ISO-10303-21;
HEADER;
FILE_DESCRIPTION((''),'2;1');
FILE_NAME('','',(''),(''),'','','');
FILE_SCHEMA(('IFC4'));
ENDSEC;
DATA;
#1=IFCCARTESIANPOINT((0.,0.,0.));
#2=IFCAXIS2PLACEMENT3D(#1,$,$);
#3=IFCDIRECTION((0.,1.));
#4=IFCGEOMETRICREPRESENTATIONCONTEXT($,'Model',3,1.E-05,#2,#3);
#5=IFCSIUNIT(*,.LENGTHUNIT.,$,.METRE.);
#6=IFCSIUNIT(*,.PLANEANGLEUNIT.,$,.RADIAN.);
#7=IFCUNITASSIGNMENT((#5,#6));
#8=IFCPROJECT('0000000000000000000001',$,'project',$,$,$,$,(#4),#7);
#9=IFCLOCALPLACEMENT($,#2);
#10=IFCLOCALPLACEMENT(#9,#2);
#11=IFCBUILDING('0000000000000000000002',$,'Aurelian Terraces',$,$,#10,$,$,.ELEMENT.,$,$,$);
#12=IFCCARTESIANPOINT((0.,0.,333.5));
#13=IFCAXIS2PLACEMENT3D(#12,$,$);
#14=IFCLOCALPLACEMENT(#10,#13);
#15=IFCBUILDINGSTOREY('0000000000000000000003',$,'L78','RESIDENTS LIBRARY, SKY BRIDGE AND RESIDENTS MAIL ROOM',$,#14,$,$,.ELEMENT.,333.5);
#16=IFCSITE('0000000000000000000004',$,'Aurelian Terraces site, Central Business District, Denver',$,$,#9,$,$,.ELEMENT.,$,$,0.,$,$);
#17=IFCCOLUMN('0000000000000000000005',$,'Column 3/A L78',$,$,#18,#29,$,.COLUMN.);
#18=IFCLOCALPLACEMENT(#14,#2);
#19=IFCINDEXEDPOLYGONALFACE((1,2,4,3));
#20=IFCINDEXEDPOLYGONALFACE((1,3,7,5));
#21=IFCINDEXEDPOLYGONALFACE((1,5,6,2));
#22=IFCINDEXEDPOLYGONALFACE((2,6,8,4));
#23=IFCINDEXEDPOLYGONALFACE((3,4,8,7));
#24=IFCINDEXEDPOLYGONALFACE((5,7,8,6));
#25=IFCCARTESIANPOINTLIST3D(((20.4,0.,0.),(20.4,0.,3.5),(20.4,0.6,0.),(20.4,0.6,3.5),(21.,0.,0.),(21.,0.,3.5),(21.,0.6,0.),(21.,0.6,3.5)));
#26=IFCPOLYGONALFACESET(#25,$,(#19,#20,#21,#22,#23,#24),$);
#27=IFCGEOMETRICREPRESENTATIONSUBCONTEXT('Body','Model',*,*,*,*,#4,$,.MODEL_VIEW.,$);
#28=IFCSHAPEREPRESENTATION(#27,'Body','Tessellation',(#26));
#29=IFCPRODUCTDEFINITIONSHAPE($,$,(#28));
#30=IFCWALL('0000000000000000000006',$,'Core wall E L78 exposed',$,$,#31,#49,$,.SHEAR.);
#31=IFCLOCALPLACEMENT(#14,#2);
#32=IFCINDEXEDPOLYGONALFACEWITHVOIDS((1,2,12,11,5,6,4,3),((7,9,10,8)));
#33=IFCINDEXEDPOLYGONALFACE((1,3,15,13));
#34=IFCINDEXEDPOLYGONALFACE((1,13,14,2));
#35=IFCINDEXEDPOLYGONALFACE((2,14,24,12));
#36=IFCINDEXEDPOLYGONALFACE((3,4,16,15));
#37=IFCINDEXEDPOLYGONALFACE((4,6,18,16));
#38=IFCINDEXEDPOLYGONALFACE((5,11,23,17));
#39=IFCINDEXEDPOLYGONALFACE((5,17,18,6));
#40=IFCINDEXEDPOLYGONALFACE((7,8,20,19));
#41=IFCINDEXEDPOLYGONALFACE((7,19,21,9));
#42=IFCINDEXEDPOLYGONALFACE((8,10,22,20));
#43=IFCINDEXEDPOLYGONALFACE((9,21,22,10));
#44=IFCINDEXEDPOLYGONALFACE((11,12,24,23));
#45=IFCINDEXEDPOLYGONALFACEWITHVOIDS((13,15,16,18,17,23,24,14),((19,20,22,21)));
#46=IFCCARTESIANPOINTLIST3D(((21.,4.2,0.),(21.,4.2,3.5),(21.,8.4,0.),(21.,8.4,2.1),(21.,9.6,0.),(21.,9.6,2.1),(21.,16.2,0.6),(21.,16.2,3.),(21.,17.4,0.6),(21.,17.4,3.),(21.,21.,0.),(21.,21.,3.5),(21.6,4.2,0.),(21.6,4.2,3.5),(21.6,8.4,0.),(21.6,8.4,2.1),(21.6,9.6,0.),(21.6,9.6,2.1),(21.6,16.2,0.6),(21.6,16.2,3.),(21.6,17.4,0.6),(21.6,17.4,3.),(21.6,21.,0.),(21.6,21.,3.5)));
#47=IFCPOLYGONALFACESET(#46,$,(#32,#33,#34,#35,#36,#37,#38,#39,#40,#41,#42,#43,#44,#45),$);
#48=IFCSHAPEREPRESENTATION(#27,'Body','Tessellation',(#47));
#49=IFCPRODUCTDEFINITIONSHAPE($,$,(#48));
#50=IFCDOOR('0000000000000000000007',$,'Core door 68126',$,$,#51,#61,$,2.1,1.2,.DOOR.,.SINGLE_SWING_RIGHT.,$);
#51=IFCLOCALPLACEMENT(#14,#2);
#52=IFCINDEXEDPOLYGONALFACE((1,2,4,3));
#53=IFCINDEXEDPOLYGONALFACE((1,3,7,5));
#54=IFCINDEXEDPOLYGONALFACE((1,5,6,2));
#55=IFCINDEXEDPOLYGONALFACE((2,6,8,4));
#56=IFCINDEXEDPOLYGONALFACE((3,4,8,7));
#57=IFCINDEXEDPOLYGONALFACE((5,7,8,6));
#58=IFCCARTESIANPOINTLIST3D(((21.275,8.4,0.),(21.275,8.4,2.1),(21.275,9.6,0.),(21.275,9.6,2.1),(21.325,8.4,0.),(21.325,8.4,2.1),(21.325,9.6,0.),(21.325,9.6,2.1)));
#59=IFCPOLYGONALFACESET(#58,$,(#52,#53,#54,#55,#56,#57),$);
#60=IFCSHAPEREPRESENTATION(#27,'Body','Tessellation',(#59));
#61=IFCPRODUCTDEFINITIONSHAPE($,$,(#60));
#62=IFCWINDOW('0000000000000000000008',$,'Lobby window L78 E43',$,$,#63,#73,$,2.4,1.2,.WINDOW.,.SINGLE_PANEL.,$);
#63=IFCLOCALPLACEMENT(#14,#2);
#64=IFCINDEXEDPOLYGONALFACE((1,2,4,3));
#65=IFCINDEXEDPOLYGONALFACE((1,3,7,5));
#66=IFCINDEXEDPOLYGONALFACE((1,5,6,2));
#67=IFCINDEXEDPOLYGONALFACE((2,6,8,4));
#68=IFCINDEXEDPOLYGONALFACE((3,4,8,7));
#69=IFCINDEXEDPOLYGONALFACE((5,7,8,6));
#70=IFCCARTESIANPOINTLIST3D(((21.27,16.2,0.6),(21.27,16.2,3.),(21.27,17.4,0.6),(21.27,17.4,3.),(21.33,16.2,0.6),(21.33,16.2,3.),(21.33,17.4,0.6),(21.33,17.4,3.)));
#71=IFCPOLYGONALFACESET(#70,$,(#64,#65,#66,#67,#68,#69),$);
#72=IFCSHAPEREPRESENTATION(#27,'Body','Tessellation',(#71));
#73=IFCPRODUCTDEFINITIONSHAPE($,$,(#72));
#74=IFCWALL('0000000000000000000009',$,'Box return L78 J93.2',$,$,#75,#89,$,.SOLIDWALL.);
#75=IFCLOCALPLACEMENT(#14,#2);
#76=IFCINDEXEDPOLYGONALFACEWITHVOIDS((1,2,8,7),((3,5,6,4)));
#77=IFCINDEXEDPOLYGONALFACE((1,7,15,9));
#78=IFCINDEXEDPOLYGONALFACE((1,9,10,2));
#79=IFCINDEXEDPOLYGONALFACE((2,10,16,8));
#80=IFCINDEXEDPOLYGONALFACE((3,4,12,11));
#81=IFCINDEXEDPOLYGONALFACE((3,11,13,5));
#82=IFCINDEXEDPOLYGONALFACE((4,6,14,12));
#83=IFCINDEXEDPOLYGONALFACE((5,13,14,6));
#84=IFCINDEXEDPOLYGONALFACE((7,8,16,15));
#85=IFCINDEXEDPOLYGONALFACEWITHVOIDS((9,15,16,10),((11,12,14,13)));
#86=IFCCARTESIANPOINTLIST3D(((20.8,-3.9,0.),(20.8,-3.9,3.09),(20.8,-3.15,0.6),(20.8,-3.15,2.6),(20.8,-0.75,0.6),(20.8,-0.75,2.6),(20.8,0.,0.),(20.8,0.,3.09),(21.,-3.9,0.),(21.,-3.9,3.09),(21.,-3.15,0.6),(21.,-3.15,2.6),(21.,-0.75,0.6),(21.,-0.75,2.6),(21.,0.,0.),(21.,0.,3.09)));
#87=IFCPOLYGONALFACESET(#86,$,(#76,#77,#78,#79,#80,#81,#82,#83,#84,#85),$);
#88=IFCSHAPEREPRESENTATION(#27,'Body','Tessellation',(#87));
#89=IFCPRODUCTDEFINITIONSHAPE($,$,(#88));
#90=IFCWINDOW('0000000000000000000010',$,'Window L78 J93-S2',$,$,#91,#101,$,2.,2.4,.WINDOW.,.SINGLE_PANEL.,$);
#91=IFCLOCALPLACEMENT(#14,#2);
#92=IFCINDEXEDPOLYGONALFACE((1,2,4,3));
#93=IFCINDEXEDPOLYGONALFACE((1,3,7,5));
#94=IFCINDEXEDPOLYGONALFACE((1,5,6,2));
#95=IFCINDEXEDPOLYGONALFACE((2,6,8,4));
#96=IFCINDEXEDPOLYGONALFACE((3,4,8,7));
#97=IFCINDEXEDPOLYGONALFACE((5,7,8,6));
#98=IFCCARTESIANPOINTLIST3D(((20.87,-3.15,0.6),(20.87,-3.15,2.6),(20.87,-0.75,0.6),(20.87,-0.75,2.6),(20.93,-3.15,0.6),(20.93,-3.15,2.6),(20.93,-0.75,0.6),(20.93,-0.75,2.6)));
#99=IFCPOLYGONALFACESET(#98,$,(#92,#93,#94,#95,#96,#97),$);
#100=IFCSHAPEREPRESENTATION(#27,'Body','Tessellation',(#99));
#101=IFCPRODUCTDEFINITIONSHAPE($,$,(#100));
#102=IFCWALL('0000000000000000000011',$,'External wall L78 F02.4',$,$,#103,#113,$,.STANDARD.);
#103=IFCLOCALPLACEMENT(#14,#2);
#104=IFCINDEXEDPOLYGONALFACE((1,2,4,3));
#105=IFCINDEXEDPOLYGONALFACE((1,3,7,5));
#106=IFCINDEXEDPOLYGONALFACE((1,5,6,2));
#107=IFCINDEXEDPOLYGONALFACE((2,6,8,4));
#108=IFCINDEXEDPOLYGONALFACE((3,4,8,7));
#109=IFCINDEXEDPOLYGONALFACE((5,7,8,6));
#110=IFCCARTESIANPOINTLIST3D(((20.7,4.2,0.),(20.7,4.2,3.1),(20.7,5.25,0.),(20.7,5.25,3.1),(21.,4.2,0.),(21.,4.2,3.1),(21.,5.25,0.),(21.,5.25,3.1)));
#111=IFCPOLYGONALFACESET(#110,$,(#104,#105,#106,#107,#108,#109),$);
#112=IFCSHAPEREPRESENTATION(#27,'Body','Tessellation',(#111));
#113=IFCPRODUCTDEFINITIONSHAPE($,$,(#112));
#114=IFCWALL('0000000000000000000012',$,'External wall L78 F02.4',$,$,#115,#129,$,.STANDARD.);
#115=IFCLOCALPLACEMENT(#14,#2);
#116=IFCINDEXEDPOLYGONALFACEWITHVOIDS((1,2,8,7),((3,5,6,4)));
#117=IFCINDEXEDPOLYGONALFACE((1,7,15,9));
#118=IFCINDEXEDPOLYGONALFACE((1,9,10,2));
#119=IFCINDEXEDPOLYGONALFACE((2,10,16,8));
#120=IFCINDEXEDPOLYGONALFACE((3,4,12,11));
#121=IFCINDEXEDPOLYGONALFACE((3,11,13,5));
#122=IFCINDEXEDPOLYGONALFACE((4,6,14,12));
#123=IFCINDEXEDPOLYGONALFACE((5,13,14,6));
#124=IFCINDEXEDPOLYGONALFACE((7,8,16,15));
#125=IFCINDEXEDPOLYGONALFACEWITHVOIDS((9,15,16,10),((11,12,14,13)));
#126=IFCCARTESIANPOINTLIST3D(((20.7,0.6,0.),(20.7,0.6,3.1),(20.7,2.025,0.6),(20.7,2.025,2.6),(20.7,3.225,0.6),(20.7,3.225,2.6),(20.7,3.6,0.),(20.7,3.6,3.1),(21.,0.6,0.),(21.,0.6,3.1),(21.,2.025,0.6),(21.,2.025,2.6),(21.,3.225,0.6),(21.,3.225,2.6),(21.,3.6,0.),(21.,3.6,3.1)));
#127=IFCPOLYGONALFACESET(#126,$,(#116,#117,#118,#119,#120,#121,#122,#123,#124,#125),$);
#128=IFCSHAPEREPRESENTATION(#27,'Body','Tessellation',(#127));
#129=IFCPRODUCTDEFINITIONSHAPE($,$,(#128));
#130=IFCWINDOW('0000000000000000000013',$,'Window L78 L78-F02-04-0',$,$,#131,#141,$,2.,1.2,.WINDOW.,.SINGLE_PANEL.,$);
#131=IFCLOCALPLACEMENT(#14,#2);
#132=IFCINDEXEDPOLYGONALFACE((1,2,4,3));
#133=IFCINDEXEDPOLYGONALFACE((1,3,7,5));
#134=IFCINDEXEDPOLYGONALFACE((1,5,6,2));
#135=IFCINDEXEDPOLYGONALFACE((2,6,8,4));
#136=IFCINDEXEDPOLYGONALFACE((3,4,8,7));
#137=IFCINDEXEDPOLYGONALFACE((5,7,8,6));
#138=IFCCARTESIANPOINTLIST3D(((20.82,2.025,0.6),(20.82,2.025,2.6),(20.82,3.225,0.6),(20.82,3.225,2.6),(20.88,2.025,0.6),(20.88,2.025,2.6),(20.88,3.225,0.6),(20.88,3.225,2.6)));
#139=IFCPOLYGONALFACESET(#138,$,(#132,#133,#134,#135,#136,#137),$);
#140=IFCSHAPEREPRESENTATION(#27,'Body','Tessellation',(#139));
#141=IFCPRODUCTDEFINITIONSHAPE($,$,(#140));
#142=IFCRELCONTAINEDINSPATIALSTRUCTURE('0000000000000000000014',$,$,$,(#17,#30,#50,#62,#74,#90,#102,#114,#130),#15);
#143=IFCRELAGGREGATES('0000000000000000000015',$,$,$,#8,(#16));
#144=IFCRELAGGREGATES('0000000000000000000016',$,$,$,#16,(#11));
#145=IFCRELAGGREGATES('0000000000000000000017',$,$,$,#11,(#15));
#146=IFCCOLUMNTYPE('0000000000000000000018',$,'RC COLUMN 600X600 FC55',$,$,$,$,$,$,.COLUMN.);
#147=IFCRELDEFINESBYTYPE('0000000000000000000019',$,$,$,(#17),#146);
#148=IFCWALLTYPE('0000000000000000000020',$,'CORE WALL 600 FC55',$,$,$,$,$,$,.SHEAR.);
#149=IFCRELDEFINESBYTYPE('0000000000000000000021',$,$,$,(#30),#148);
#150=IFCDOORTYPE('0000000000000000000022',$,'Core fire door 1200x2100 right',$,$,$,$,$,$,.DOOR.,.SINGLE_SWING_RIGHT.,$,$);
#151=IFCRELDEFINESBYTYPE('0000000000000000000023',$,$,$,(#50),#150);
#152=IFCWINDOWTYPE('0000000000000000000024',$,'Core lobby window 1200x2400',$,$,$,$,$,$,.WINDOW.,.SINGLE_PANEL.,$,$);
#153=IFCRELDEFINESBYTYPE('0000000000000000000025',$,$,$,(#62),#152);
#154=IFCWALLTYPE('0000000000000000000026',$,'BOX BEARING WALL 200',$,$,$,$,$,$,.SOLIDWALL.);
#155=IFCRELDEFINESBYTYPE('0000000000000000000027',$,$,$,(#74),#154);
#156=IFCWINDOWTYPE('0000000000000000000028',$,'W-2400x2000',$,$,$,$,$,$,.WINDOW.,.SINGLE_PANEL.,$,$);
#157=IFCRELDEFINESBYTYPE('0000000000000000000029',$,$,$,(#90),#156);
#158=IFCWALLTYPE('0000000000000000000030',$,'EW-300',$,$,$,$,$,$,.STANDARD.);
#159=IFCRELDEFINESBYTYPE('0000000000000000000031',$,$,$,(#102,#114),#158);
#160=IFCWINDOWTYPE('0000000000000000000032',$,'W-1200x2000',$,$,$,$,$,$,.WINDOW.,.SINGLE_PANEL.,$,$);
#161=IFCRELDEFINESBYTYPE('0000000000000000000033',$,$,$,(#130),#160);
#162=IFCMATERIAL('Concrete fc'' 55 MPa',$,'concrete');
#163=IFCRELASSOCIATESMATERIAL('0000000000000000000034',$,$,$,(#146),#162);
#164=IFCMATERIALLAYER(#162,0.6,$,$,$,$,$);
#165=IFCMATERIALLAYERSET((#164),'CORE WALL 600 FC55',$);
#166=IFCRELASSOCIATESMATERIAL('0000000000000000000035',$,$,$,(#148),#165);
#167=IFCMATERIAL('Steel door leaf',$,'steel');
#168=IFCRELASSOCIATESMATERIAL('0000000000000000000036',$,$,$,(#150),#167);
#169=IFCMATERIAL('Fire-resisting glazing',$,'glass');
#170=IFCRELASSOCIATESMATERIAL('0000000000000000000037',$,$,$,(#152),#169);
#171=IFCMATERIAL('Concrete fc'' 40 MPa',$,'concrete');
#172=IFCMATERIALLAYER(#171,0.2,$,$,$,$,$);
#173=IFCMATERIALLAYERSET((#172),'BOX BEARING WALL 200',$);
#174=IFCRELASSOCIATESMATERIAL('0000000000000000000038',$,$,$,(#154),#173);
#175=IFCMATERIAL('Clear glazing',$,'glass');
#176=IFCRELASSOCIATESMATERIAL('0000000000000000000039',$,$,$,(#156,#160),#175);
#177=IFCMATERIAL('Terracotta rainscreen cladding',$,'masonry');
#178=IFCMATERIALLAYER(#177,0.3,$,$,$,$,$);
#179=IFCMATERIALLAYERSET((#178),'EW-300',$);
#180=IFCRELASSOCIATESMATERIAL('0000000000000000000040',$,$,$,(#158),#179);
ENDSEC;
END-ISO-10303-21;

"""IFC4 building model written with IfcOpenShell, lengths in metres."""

from ifc_helpers import new_model, si_unit, direction, frame, frame_2d, origin, origin_2d, place, context, subcontext, project, spatial, rectangle, extrude, source, transform, mapped, material, layer, layer_set, material_profile, profile_set, type_object, element, fill, save


model = new_model("IFC4")

# Units and contexts
model_context = context("Model", 3, precision=1e-05, world=origin(), true_north=direction((0.0, 1.0)))
body_context = subcontext(model_context, "Body", "Model", "MODEL_VIEW")
ifc_project = project(units=[si_unit("LENGTHUNIT", "METRE"), si_unit("PLANEANGLEUNIT", "RADIAN")], contexts=[model_context])

# Site, building, storey
site_placement = place(None, origin())
site = spatial("IfcSite", under=ifc_project, at=site_placement, Name="Aurelian Terraces site, Central Business District, Denver", CompositionType="ELEMENT", RefElevation=0.0)
building_placement = place(site_placement, origin())
building = spatial("IfcBuilding", under=site, at=building_placement, Name="Aurelian Terraces", CompositionType="ELEMENT")
storey_placement = place(building_placement, frame((0.0, 0.0, 333.5)))
storey = spatial("IfcBuildingStorey", under=building, at=storey_placement, Name="L78", Description="RESIDENTS LIBRARY, SKY BRIDGE AND RESIDENTS MAIL ROOM", CompositionType="ELEMENT", Elevation=333.5)

# Column
ifc_material_1 = material(Name="Concrete fc' 55 MPa", Category="concrete")
ifc_material_profile = material_profile(ifc_material_1, rectangle(XDim=0.6, YDim=0.6, at=origin_2d()))
ifc_profile_set = profile_set([ifc_material_profile], Name="Concrete fc' 55 MPa")
column_type = type_object("IfcColumnType", Name="RC COLUMN 600X600 FC55", PredefinedType="COLUMN", material=ifc_profile_set)
shared_shape_1 = source(origin(), body_context, "Body", "SweptSolid", [
    extrude(rectangle(XDim=0.6, YDim=0.6, at=origin_2d()), origin(), (0.0, 0.0, 1.0), 3.5),
])
column_placement = place(storey_placement, frame((20.7, 0.3, 0.0), z_axis=(0.0, 0.0, 1.0), x_axis=(1.0, 0.0, 0.0)))
element("IfcColumn", 1, at=column_placement, inside=storey, type_object=column_type, Name="Column 3/A L78", PredefinedType="COLUMN", context=body_context, shape_type="MappedRepresentation", body=[
    mapped(shared_shape_1, transform((0.0, 0.0, 0.0), scale=1.0)),
])

# Wall, openings, door, window
ifc_layer_1 = layer(ifc_material_1, 0.6)
ifc_layer_set_1 = layer_set([ifc_layer_1], Name="CORE WALL 600 FC55")
wall_type_1 = type_object("IfcWallType", Name="CORE WALL 600 FC55", PredefinedType="SHEAR", material=ifc_layer_set_1)
wall_1_placement = place(storey_placement, frame((21.3, 4.2, 0.0), z_axis=(0.0, 0.0, 1.0), x_axis=(0.0, 1.0, 0.0)))
wall_1 = element("IfcWall", 2, at=wall_1_placement, inside=storey, type_object=wall_type_1, Name="Core wall E L78 exposed", PredefinedType="SHEAR", context=body_context, shape_type="SweptSolid", body=[
    extrude(rectangle(XDim=16.8, YDim=0.6, at=frame_2d((8.4, 0.0))), origin(), (0.0, 0.0, 1.0), 3.5),
])
shared_shape_2 = source(origin(), body_context, "Body", "SweptSolid", [
    extrude(rectangle(XDim=1.2, YDim=2.1, at=frame_2d((0.6, 1.05))), frame((0.0, 0.31, 0.0), z_axis=(0.0, -1.0, 0.0), x_axis=(1.0, 0.0, 0.0)), (0.0, 0.0, 1.0), 0.62),
])
opening_1_placement = place(wall_1_placement, frame((4.2, 0.0, 0.0)))
opening_1 = element("IfcOpeningElement", 3, at=opening_1_placement, cuts=wall_1, PredefinedType="OPENING", context=body_context, shape_type="MappedRepresentation", body=[
    mapped(shared_shape_2, transform((0.0, 0.0, 0.0), scale=1.0)),
])
shared_shape_3 = source(origin(), body_context, "Body", "SweptSolid", [
    extrude(rectangle(XDim=1.2, YDim=2.4, at=frame_2d((0.6, 1.2))), frame((0.0, 0.31, 0.0), z_axis=(0.0, -1.0, 0.0), x_axis=(1.0, 0.0, 0.0)), (0.0, 0.0, 1.0), 0.62),
])
opening_2_placement = place(wall_1_placement, frame((12.0, 0.0, 0.6)))
opening_2 = element("IfcOpeningElement", 4, at=opening_2_placement, cuts=wall_1, PredefinedType="OPENING", context=body_context, shape_type="MappedRepresentation", body=[
    mapped(shared_shape_3, transform((0.0, 0.0, 0.0), scale=1.0)),
])
ifc_material_2 = material(Name="Steel door leaf", Category="steel")
door_type_1 = type_object("IfcDoorType", Name="Core fire door 1200x2100 right", OperationType="SINGLE_SWING_RIGHT", PredefinedType="DOOR", material=ifc_material_2)
shared_shape_4 = source(origin(), body_context, "Body", "SweptSolid", [
    extrude(rectangle(XDim=1.2, YDim=2.1, at=frame_2d((0.6, 1.05))), frame((0.0, 0.025, 0.0), z_axis=(0.0, -1.0, 0.0), x_axis=(1.0, 0.0, 0.0)), (0.0, 0.0, 1.0), 0.05),
])
door_1_placement = place(opening_1_placement, origin())
door_1 = element("IfcDoor", 5, at=door_1_placement, inside=storey, type_object=door_type_1, Name="Core door 68126", OperationType="SINGLE_SWING_RIGHT", OverallHeight=2.1, OverallWidth=1.2, PredefinedType="DOOR", context=body_context, shape_type="MappedRepresentation", body=[
    mapped(shared_shape_4, transform((0.0, 0.0, 0.0), scale=1.0)),
])
fill(opening_1, door_1)
ifc_material_3 = material(Name="Fire-resisting glazing", Category="glass")
window_type_1 = type_object("IfcWindowType", Name="Core lobby window 1200x2400", PartitioningType="SINGLE_PANEL", PredefinedType="WINDOW", material=ifc_material_3)
shared_shape_5 = source(origin(), body_context, "Body", "SweptSolid", [
    extrude(rectangle(XDim=1.2, YDim=2.4, at=frame_2d((0.6, 1.2))), frame((0.0, 0.03, 0.0), z_axis=(0.0, -1.0, 0.0), x_axis=(1.0, 0.0, 0.0)), (0.0, 0.0, 1.0), 0.06),
])
window_1_placement = place(opening_2_placement, origin())
window_1 = element("IfcWindow", 6, at=window_1_placement, inside=storey, type_object=window_type_1, Name="Lobby window L78 E43", OverallHeight=2.4, OverallWidth=1.2, PartitioningType="SINGLE_PANEL", PredefinedType="WINDOW", context=body_context, shape_type="MappedRepresentation", body=[
    mapped(shared_shape_5, transform((0.0, 0.0, 0.0), scale=1.0)),
])
fill(opening_2, window_1)

# Wall, opening, window
ifc_material_4 = material(Name="Concrete fc' 40 MPa", Category="concrete")
ifc_layer_2 = layer(ifc_material_4, 0.2)
ifc_layer_set_2 = layer_set([ifc_layer_2], Name="BOX BEARING WALL 200")
wall_type_2 = type_object("IfcWallType", Name="BOX BEARING WALL 200", PredefinedType="SOLIDWALL", material=ifc_layer_set_2)
shared_shape_6 = source(origin(), body_context, "Body", "SweptSolid", [
    extrude(rectangle(XDim=3.9, YDim=0.2, at=frame_2d((1.95, 0.0))), origin(), (0.0, 0.0, 1.0), 3.09),
])
wall_2_placement = place(storey_placement, frame((20.9, 0.0, 0.0), z_axis=(0.0, 0.0, 1.0), x_axis=(0.0, -1.0, 0.0)))
wall_2 = element("IfcWall", 7, at=wall_2_placement, inside=storey, type_object=wall_type_2, Name="Box return L78 J93.2", PredefinedType="SOLIDWALL", context=body_context, shape_type="MappedRepresentation", body=[
    mapped(shared_shape_6, transform((0.0, 0.0, 0.0), scale=1.0)),
])
shared_shape_7 = source(origin(), body_context, "Body", "SweptSolid", [
    extrude(rectangle(XDim=2.4, YDim=2.0, at=frame_2d((1.2, 1.0))), frame((0.0, 0.11, 0.0), z_axis=(0.0, -1.0, 0.0), x_axis=(1.0, 0.0, 0.0)), (0.0, 0.0, 1.0), 0.22),
])
opening_3_placement = place(wall_2_placement, frame((0.75, 0.0, 0.6)))
opening_3 = element("IfcOpeningElement", 8, at=opening_3_placement, cuts=wall_2, PredefinedType="OPENING", context=body_context, shape_type="MappedRepresentation", body=[
    mapped(shared_shape_7, transform((0.0, 0.0, 0.0), scale=1.0)),
])
ifc_material_5 = material(Name="Clear glazing", Category="glass")
window_type_2 = type_object("IfcWindowType", Name="W-2400x2000", PartitioningType="SINGLE_PANEL", PredefinedType="WINDOW", material=ifc_material_5)
shared_shape_8 = source(origin(), body_context, "Body", "SweptSolid", [
    extrude(rectangle(XDim=2.4, YDim=2.0, at=frame_2d((1.2, 1.0))), frame((0.0, 0.03, 0.0), z_axis=(0.0, -1.0, 0.0), x_axis=(1.0, 0.0, 0.0)), (0.0, 0.0, 1.0), 0.06),
])
window_2_placement = place(opening_3_placement, origin())
window_2 = element("IfcWindow", 9, at=window_2_placement, inside=storey, type_object=window_type_2, Name="Window L78 J93-S2", OverallHeight=2.0, OverallWidth=2.4, PartitioningType="SINGLE_PANEL", PredefinedType="WINDOW", context=body_context, shape_type="MappedRepresentation", body=[
    mapped(shared_shape_8, transform((0.0, 0.0, 0.0), scale=1.0)),
])
fill(opening_3, window_2)

# Wall
ifc_material_6 = material(Name="Terracotta rainscreen cladding", Category="masonry")
ifc_layer_3 = layer(ifc_material_6, 0.3)
ifc_layer_set_3 = layer_set([ifc_layer_3], Name="EW-300")
wall_type_3 = type_object("IfcWallType", Name="EW-300", PredefinedType="STANDARD", material=ifc_layer_set_3)
shared_shape_9 = source(origin(), body_context, "Body", "SweptSolid", [
    extrude(rectangle(XDim=1.05, YDim=0.3, at=frame_2d((0.525, 0.0))), origin(), (0.0, 0.0, 1.0), 3.1),
])
wall_3_placement = place(storey_placement, frame((20.85, 4.2, 0.0), z_axis=(0.0, 0.0, 1.0), x_axis=(0.0, 1.0, 0.0)))
element("IfcWall", 10, at=wall_3_placement, inside=storey, type_object=wall_type_3, Name="External wall L78 F02.4", PredefinedType="STANDARD", context=body_context, shape_type="MappedRepresentation", body=[
    mapped(shared_shape_9, transform((0.0, 0.0, 0.0), scale=1.0)),
])

# Wall, opening, window
shared_shape_10 = source(origin(), body_context, "Body", "SweptSolid", [
    extrude(rectangle(XDim=3.0, YDim=0.3, at=frame_2d((1.5, 0.0))), origin(), (0.0, 0.0, 1.0), 3.1),
])
wall_4_placement = place(storey_placement, frame((20.85, 0.6, 0.0), z_axis=(0.0, 0.0, 1.0), x_axis=(0.0, 1.0, 0.0)))
wall_4 = element("IfcWall", 11, at=wall_4_placement, inside=storey, type_object=wall_type_3, Name="External wall L78 F02.4", PredefinedType="STANDARD", context=body_context, shape_type="MappedRepresentation", body=[
    mapped(shared_shape_10, transform((0.0, 0.0, 0.0), scale=1.0)),
])
shared_shape_11 = source(origin(), body_context, "Body", "SweptSolid", [
    extrude(rectangle(XDim=1.2, YDim=2.0, at=frame_2d((0.6, 1.0))), frame((0.0, 0.16, 0.0), z_axis=(0.0, -1.0, 0.0), x_axis=(1.0, 0.0, 0.0)), (0.0, 0.0, 1.0), 0.32),
])
opening_4_placement = place(wall_4_placement, frame((1.425, 0.0, 0.6)))
opening_4 = element("IfcOpeningElement", 12, at=opening_4_placement, cuts=wall_4, PredefinedType="OPENING", context=body_context, shape_type="MappedRepresentation", body=[
    mapped(shared_shape_11, transform((0.0, 0.0, 0.0), scale=1.0)),
])
window_type_3 = type_object("IfcWindowType", Name="W-1200x2000", PartitioningType="SINGLE_PANEL", PredefinedType="WINDOW", material=ifc_material_5)
shared_shape_12 = source(origin(), body_context, "Body", "SweptSolid", [
    extrude(rectangle(XDim=1.2, YDim=2.0, at=frame_2d((0.6, 1.0))), frame((0.0, 0.03, 0.0), z_axis=(0.0, -1.0, 0.0), x_axis=(1.0, 0.0, 0.0)), (0.0, 0.0, 1.0), 0.06),
])
window_3_placement = place(opening_4_placement, origin())
window_3 = element("IfcWindow", 13, at=window_3_placement, inside=storey, type_object=window_type_3, Name="Window L78 L78-F02-04-0", OverallHeight=2.0, OverallWidth=1.2, PartitioningType="SINGLE_PANEL", PredefinedType="WINDOW", context=body_context, shape_type="MappedRepresentation", body=[
    mapped(shared_shape_12, transform((0.0, 0.0, 0.0), scale=1.0)),
])
fill(opening_4, window_3)

save(model, "model.ifc")
